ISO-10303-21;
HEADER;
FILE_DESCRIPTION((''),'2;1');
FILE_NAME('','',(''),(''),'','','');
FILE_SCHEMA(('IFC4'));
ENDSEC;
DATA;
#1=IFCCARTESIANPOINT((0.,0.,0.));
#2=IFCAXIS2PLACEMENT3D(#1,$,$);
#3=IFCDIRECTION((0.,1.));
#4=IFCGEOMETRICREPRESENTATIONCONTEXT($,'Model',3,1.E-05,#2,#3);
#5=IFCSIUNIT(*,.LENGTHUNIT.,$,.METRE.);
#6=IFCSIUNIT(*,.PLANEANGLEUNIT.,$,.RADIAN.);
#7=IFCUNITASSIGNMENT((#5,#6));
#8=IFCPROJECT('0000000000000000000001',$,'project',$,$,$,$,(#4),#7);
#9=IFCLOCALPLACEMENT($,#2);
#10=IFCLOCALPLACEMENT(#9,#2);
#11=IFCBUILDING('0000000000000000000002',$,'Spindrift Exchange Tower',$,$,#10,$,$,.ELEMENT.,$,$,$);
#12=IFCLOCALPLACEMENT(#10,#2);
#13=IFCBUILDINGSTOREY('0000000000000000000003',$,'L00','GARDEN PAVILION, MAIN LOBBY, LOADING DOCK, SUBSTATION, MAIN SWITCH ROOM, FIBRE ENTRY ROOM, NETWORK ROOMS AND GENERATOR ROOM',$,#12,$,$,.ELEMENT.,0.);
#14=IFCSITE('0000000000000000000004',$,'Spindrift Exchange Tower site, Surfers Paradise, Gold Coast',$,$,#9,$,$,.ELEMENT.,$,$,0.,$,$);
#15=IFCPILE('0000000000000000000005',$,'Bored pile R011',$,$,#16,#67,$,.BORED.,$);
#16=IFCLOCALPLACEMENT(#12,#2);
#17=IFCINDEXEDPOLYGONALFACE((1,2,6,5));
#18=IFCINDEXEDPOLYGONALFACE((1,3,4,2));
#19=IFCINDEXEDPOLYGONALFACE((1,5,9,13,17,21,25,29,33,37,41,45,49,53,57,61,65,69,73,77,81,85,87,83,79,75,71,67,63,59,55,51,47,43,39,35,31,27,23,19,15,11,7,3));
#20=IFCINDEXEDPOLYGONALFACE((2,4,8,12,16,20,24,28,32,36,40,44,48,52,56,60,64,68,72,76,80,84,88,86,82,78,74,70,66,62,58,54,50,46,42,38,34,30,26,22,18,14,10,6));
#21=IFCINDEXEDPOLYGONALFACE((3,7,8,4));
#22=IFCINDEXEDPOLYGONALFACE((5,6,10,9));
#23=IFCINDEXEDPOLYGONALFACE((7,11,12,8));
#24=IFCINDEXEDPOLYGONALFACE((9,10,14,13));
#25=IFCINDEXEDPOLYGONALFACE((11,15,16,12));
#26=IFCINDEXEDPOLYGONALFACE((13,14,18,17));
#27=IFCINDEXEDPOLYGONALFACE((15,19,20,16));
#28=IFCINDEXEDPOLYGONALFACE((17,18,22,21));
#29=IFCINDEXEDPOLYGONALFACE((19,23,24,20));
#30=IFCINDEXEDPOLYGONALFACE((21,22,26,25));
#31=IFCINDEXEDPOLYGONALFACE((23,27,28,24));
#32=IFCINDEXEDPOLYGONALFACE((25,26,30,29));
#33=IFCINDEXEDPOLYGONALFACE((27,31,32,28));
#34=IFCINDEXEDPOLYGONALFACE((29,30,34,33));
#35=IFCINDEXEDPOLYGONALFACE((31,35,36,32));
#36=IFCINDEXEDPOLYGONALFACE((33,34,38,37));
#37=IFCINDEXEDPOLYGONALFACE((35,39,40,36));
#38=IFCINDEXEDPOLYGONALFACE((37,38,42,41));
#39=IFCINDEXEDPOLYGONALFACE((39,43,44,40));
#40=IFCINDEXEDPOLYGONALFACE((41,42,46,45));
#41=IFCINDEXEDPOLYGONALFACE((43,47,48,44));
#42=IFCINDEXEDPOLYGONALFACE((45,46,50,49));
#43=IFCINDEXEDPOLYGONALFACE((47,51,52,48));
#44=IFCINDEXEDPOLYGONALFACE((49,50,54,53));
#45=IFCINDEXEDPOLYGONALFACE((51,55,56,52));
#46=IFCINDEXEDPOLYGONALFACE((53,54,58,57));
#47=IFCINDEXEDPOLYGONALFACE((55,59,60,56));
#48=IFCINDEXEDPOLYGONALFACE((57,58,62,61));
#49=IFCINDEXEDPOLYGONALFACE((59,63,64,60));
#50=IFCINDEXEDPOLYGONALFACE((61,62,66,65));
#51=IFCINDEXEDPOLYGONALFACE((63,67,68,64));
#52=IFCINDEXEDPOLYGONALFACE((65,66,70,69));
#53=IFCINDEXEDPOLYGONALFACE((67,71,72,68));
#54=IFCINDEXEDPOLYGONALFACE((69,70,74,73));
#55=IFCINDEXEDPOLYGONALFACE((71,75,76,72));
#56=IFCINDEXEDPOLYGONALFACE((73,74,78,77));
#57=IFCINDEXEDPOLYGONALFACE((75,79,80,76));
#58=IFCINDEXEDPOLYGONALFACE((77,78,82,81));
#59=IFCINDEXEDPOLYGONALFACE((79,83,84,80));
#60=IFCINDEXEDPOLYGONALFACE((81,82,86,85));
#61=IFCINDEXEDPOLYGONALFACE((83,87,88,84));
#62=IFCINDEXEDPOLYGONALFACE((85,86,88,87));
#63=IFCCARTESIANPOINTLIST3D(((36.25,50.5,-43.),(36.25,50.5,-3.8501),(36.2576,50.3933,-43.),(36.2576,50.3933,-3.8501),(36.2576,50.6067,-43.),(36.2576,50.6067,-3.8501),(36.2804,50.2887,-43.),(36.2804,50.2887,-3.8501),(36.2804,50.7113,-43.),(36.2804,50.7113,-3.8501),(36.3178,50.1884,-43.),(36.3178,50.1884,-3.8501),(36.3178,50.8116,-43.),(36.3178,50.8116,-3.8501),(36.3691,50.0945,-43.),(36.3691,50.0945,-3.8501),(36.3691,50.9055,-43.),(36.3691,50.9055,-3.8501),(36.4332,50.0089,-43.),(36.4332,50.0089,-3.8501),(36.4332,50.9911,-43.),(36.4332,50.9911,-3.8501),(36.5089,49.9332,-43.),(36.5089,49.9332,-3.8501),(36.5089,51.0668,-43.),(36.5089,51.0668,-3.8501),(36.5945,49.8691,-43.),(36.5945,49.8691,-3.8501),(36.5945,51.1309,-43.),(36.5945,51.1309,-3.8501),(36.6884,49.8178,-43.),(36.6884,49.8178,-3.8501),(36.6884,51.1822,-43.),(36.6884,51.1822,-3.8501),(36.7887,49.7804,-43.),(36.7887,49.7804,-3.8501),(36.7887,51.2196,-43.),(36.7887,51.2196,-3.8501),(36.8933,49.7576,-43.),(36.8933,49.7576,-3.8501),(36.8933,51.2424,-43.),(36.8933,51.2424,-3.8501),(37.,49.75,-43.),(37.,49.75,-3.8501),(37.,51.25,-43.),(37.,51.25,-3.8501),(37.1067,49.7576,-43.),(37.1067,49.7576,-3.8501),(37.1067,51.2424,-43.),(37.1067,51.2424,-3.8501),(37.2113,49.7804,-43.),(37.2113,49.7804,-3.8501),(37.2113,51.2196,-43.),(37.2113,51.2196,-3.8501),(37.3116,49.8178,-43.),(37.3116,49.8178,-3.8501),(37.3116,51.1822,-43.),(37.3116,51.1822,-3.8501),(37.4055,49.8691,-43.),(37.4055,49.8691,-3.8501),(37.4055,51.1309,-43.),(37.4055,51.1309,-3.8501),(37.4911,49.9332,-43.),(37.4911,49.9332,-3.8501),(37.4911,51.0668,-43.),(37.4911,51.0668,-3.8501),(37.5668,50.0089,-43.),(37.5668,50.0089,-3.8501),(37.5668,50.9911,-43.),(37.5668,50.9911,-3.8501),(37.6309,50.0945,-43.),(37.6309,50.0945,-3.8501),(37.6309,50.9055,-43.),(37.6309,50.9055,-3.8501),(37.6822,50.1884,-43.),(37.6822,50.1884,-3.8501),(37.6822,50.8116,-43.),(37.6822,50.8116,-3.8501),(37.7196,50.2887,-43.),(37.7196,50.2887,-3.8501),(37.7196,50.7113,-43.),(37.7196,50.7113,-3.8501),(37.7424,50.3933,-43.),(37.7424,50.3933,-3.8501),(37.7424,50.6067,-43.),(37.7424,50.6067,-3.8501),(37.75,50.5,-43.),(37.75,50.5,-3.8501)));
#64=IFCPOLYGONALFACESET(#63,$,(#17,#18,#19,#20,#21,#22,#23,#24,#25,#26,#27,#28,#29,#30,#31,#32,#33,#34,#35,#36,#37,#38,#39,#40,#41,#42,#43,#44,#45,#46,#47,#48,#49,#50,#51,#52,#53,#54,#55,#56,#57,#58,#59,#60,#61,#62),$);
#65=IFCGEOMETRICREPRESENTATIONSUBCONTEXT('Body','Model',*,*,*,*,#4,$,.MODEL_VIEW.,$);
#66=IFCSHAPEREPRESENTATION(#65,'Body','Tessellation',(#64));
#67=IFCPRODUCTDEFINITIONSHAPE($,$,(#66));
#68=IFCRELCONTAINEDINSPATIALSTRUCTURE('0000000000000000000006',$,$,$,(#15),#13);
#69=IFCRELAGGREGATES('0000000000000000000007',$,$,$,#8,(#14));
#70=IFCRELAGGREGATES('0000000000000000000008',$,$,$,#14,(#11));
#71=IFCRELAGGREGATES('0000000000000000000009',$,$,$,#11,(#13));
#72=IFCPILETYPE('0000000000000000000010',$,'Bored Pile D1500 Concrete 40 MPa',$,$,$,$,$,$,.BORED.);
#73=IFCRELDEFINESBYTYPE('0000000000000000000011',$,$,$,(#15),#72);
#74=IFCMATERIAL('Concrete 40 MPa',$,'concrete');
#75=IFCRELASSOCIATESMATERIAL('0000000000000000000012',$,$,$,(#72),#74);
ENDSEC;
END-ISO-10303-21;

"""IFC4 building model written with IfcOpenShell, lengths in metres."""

from ifc_helpers import new_model, si_unit, direction, frame, origin, origin_2d, place, context, subcontext, project, spatial, circle, extrude, source, transform, mapped, material, material_profile, profile_set, type_object, element, save


model = new_model("IFC4")

# Units and contexts
model_context = context("Model", 3, precision=1e-05, world=origin(), true_north=direction((0.0, 1.0)))
body_context = subcontext(model_context, "Body", "Model", "MODEL_VIEW")
ifc_project = project(units=[si_unit("LENGTHUNIT", "METRE"), si_unit("PLANEANGLEUNIT", "RADIAN")], contexts=[model_context])

# Site, building, storey
site_placement = place(None, origin())
site = spatial("IfcSite", under=ifc_project, at=site_placement, Name="Spindrift Exchange Tower site, Surfers Paradise, Gold Coast", CompositionType="ELEMENT", RefElevation=0.0)
building_placement = place(site_placement, origin())
building = spatial("IfcBuilding", under=site, at=building_placement, Name="Spindrift Exchange Tower", CompositionType="ELEMENT")
storey_placement = place(building_placement, origin())
storey = spatial("IfcBuildingStorey", under=building, at=storey_placement, Name="L00", Description="GARDEN PAVILION, MAIN LOBBY, LOADING DOCK, SUBSTATION, MAIN SWITCH ROOM, FIBRE ENTRY ROOM, NETWORK ROOMS AND GENERATOR ROOM", CompositionType="ELEMENT", Elevation=0.0)

# Pile
ifc_material_1 = material(Name="Concrete 40 MPa", Category="concrete")
ifc_material_profile = material_profile(ifc_material_1, circle(Radius=0.75, at=origin_2d()), Name="BP D1500")
ifc_profile_set = profile_set([ifc_material_profile], Name="Concrete 40 MPa")
pile_type = type_object("IfcPileType", Name="Bored Pile D1500 Concrete 40 MPa", PredefinedType="BORED", material=ifc_profile_set)
shared_shape_1 = source(origin(), body_context, "Body", "SweptSolid", [
    extrude(circle(Radius=0.75, at=origin_2d()), origin(), (0.0, 0.0, 1.0), 39.1499),
])
pile_placement = place(storey_placement, frame((37.0, 50.5, -3.8501), z_axis=(0.0, 0.0, -1.0), x_axis=(1.0, 0.0, 0.0)))
element("IfcPile", 1, at=pile_placement, inside=storey, type_object=pile_type, Name="Bored pile R011", PredefinedType="BORED", context=body_context, shape_type="MappedRepresentation", body=[
    mapped(shared_shape_1, transform((0.0, 0.0, 0.0), scale=1.0)),
])

save(model, "model.ifc")
